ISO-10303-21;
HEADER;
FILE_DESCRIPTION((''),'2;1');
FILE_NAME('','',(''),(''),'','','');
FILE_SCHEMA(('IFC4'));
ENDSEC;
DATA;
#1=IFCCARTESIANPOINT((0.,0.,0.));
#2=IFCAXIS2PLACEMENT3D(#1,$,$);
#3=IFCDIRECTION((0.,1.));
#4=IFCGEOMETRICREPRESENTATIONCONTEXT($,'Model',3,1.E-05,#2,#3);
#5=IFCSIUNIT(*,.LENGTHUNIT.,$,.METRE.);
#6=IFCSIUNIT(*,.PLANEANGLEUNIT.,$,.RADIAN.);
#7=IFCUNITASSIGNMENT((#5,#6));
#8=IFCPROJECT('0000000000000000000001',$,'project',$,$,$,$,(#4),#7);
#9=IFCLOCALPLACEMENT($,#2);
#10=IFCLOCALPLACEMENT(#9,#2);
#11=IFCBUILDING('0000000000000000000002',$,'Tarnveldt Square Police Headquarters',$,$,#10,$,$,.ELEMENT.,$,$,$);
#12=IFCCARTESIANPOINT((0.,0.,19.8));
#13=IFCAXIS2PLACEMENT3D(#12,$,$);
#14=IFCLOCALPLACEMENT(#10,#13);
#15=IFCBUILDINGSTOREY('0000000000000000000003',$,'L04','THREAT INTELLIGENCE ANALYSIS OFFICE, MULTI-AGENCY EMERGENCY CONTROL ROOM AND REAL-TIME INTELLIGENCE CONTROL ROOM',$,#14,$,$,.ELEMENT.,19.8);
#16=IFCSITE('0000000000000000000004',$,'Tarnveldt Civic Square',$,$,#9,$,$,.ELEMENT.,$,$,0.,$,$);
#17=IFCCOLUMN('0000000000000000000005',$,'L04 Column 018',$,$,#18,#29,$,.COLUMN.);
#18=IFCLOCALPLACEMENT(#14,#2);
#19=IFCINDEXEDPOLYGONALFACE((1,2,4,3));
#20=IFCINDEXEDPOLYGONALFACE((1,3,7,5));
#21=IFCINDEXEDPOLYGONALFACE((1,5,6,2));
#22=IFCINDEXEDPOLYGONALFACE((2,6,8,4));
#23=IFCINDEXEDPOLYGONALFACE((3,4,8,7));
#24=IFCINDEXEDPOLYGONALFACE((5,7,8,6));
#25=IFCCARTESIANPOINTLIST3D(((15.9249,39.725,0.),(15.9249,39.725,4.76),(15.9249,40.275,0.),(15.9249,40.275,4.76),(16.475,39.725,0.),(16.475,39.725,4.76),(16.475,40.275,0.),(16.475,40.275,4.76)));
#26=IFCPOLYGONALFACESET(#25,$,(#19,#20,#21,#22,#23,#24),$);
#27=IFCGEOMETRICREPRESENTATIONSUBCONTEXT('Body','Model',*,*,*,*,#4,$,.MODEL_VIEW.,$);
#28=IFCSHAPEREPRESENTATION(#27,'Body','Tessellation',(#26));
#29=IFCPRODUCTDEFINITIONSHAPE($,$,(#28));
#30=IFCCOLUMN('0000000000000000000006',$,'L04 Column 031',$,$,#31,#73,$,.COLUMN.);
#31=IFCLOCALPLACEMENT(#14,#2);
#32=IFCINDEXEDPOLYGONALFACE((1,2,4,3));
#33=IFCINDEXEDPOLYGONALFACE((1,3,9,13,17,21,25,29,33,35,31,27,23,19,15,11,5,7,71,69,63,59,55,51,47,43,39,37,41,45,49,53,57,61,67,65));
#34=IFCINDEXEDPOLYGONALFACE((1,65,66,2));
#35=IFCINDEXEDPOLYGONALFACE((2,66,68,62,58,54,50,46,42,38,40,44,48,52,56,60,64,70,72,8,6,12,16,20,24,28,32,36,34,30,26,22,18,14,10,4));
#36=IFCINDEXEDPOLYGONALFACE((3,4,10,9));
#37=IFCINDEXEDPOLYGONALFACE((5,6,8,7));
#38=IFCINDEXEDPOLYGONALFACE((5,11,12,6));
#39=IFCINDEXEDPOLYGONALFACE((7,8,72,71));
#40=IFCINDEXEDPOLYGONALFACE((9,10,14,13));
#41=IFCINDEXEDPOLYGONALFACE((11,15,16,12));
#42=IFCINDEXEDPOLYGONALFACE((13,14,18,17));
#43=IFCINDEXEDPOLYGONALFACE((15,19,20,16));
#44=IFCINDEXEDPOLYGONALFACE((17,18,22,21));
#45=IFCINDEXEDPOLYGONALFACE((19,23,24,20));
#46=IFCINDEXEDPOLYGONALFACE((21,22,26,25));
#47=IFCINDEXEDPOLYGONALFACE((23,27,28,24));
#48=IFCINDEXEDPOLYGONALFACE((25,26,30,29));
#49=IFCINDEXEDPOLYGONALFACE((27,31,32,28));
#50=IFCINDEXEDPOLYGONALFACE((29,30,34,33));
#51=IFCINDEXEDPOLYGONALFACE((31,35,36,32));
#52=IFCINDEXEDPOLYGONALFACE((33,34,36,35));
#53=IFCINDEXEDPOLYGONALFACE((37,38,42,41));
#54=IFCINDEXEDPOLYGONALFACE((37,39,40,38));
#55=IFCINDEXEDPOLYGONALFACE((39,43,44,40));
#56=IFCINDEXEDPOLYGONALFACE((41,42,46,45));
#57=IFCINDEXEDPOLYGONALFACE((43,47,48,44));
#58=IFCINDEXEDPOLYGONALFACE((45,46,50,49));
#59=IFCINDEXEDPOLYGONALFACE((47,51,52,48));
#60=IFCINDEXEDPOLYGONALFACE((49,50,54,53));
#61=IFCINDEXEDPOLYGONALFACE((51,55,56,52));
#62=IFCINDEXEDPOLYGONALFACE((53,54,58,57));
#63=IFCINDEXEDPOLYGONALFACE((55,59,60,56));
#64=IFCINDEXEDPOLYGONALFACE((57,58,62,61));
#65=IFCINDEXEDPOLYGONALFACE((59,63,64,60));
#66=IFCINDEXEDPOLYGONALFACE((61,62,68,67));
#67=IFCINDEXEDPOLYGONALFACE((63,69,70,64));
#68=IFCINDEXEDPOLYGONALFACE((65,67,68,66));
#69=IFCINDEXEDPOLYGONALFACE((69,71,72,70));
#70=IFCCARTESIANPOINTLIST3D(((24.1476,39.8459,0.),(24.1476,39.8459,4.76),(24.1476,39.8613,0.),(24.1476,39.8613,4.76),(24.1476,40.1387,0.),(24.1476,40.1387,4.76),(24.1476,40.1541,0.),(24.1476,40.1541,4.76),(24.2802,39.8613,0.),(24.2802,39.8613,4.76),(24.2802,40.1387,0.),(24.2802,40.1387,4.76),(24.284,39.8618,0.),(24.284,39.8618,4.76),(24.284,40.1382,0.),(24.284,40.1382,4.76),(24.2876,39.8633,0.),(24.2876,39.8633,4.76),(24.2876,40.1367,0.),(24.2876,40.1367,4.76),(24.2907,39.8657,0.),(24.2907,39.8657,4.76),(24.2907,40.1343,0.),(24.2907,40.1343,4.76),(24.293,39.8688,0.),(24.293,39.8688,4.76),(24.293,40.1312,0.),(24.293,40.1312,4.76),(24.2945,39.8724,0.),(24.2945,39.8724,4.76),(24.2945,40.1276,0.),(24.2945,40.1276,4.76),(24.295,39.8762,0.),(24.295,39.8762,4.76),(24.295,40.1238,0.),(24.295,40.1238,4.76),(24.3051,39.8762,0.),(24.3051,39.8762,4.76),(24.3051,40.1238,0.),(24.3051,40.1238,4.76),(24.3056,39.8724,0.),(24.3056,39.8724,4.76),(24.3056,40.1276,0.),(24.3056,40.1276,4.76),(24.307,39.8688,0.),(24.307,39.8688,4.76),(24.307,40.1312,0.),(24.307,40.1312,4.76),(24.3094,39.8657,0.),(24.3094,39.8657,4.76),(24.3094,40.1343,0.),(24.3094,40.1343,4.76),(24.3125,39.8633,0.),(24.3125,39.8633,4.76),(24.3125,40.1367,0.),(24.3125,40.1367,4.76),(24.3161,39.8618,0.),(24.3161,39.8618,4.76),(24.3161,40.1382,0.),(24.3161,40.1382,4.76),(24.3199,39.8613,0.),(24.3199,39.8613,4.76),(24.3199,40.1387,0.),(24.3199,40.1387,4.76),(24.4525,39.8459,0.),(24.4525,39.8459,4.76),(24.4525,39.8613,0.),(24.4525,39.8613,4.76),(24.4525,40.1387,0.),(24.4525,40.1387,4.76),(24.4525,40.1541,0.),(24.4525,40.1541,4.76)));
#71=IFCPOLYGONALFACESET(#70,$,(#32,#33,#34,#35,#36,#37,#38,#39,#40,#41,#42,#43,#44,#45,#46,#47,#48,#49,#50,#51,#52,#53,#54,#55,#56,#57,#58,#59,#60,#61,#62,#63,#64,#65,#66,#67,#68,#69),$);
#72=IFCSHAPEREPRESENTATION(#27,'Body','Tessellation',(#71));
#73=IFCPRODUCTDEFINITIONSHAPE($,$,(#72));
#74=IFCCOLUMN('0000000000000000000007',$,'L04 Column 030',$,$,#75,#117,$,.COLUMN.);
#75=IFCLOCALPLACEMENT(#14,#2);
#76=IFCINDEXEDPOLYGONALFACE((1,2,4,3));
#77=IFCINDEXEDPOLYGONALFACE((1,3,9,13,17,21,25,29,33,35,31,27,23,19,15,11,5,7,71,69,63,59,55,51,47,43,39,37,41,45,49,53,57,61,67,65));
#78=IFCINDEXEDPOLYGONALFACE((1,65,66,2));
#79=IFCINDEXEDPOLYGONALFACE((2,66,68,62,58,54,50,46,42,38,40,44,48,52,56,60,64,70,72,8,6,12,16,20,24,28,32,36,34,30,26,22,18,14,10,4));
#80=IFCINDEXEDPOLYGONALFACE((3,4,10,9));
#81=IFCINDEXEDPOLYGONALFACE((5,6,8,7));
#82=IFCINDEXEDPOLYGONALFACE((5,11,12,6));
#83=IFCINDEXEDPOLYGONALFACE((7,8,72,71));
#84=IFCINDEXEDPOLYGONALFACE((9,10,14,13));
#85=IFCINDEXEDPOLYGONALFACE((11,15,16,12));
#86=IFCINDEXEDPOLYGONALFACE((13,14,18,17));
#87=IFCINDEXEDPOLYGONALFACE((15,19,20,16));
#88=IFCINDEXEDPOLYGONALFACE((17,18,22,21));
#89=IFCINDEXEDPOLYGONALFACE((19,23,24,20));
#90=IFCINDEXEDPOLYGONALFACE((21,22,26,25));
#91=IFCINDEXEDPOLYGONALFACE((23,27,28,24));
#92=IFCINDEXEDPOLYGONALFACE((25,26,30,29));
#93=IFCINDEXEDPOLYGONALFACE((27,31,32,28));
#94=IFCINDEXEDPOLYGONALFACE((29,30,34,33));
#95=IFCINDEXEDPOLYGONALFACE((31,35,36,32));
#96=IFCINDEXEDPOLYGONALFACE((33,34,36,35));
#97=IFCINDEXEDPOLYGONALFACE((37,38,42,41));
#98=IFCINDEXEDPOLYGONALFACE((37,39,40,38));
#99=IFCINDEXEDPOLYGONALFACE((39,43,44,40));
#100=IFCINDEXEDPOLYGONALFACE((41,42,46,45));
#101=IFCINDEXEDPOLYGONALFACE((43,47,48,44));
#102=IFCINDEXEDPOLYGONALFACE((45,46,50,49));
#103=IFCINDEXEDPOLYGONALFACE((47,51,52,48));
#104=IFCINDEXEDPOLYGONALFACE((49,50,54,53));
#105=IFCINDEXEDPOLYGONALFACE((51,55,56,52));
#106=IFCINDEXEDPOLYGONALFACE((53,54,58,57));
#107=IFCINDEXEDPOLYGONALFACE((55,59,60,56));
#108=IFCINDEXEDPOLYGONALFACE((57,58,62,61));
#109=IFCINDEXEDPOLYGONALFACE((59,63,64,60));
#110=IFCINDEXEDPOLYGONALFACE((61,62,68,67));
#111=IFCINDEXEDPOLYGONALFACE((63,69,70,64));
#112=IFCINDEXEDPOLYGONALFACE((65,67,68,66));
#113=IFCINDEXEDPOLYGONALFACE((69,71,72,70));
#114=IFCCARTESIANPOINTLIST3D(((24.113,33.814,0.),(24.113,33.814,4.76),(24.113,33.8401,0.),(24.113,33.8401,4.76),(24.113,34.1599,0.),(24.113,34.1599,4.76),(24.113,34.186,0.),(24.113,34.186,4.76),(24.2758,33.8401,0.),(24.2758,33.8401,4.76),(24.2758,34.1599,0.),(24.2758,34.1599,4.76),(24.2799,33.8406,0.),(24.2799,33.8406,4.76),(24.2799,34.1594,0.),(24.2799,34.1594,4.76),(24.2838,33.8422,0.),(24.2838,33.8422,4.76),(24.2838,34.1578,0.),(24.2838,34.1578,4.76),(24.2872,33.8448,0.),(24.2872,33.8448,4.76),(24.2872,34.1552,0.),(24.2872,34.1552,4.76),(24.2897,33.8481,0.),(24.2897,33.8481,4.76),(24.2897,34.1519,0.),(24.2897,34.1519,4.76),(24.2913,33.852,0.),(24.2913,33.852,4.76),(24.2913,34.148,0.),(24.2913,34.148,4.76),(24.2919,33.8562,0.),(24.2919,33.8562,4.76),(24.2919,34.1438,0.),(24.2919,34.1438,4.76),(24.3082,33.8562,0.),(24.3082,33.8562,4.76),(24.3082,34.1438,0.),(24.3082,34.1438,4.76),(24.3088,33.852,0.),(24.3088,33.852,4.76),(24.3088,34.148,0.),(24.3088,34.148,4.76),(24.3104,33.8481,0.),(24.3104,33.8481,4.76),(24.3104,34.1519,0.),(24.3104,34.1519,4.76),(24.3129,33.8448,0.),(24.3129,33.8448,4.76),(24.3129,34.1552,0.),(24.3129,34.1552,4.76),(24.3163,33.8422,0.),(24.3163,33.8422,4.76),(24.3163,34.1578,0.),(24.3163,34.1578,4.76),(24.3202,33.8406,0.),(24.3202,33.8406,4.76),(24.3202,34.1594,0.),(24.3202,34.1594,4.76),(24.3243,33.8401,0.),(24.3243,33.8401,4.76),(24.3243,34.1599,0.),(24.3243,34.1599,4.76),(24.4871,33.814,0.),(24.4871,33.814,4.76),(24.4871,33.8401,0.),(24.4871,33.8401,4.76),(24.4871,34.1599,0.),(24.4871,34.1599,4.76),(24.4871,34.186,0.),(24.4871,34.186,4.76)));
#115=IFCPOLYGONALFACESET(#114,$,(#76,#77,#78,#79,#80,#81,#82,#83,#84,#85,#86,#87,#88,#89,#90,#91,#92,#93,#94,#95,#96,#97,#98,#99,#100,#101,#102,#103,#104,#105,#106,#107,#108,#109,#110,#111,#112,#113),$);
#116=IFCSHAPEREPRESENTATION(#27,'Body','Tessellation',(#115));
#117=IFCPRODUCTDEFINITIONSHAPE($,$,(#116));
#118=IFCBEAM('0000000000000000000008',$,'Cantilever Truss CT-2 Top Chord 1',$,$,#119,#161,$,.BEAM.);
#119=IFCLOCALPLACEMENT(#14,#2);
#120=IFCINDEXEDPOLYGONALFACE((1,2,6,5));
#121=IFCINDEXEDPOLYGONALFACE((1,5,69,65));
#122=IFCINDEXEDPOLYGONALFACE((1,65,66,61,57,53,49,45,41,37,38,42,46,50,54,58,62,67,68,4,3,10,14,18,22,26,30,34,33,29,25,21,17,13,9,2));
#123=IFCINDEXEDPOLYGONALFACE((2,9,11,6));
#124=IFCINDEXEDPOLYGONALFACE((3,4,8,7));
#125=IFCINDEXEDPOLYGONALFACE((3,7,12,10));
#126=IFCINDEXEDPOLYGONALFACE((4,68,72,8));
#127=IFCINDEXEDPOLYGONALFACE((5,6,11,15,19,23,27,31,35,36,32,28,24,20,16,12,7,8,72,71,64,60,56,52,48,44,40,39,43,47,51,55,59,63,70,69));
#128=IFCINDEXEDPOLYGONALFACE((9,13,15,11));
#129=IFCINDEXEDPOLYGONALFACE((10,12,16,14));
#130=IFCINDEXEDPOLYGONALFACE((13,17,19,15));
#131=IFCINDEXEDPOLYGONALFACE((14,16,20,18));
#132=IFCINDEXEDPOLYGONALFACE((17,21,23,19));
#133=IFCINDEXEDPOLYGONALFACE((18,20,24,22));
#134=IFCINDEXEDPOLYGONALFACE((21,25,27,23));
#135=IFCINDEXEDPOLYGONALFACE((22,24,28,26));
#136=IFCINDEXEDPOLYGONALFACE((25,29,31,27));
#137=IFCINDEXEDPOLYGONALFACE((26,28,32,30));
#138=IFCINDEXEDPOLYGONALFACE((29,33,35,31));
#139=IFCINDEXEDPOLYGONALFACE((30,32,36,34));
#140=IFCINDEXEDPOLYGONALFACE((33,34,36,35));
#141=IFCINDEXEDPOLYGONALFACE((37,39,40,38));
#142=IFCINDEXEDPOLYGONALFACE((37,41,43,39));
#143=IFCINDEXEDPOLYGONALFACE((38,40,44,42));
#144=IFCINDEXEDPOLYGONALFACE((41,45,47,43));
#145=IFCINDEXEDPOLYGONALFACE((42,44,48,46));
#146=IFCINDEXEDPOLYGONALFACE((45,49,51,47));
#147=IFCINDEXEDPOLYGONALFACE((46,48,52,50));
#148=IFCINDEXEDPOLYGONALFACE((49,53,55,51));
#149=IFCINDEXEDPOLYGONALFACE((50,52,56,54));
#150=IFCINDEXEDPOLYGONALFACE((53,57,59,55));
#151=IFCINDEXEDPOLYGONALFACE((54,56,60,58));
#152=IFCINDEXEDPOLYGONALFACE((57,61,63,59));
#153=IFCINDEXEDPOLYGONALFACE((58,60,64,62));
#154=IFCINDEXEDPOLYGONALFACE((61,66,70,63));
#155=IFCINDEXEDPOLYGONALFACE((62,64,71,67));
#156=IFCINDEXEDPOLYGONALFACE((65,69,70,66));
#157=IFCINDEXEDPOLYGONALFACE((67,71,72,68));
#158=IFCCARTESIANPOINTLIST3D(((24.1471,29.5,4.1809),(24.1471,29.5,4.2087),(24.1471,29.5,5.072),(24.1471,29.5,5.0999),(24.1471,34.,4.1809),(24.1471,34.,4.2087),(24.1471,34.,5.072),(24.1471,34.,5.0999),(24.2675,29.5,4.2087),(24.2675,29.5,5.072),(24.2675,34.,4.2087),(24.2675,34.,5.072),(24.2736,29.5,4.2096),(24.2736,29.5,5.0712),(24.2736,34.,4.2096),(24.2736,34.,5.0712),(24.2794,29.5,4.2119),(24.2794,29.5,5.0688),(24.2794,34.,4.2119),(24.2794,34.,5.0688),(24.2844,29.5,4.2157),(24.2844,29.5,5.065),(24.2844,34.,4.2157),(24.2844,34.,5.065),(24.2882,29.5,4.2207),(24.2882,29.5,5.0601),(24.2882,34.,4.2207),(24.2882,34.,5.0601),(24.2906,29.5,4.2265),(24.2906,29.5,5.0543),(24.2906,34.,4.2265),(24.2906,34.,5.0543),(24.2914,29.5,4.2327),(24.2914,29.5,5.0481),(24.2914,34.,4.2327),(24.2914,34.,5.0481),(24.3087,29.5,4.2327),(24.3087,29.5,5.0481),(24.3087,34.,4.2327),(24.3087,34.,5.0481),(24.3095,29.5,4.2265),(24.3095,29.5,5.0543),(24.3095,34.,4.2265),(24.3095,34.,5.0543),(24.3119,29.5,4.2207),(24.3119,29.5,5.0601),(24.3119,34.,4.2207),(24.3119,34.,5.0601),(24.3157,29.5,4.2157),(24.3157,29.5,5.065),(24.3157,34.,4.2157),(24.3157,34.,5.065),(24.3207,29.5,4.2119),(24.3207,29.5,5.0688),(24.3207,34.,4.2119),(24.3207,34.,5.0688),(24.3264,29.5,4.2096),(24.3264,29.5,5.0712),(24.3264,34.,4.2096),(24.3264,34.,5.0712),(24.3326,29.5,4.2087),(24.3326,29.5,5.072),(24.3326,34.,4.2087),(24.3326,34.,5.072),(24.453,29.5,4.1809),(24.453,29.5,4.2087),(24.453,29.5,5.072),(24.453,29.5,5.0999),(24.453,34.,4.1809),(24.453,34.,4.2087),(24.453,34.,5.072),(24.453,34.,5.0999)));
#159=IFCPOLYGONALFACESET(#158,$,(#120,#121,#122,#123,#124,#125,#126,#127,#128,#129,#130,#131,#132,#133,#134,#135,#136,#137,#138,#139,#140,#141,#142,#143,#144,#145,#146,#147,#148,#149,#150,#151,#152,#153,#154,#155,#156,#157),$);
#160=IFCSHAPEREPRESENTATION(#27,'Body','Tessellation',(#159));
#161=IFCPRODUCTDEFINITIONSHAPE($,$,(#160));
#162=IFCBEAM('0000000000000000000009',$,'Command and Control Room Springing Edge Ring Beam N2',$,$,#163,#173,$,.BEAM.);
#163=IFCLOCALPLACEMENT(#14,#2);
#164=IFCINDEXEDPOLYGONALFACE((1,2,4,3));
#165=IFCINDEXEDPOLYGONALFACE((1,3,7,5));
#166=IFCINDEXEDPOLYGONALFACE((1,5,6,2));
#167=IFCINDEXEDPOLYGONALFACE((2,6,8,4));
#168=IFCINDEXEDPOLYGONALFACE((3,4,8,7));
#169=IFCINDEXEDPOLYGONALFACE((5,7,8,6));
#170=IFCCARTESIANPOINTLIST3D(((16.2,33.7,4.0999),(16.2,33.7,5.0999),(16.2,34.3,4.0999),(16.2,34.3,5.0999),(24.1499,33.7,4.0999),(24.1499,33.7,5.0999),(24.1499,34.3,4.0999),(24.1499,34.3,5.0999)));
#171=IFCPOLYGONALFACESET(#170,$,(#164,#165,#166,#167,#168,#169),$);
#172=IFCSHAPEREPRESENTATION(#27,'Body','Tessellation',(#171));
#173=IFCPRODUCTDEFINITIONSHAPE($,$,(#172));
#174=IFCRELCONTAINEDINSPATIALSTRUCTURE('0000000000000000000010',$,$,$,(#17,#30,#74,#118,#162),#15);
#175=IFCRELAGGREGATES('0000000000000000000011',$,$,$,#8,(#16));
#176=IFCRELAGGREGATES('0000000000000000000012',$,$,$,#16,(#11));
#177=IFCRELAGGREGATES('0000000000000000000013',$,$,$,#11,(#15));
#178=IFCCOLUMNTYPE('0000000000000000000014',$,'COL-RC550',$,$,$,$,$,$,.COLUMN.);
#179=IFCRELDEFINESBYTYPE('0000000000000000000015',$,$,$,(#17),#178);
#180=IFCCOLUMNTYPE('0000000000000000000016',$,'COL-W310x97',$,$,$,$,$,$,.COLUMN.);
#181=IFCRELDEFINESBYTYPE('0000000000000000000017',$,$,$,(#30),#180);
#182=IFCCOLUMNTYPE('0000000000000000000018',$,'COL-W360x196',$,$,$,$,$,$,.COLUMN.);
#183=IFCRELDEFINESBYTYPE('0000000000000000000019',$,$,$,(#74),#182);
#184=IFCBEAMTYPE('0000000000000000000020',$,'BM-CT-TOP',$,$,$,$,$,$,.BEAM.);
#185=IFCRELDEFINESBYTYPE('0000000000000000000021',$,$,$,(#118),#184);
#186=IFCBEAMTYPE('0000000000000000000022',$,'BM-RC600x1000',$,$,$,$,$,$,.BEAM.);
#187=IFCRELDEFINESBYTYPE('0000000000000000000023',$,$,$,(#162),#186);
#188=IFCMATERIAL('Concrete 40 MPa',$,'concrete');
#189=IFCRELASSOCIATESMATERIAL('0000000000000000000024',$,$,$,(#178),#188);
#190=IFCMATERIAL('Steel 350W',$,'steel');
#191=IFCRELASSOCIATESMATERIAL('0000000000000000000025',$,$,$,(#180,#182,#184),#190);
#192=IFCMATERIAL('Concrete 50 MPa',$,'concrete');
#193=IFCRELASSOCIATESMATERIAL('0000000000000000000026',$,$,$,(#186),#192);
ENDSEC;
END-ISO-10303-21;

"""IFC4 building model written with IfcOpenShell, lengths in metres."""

from ifc_helpers import new_model, si_unit, direction, frame, origin, origin_2d, place, context, subcontext, project, spatial, rectangle, i_section, extrude, material, material_profile, profile_set, type_object, element, save


model = new_model("IFC4")

# Units and contexts
model_context = context("Model", 3, precision=1e-05, world=origin(), true_north=direction((0.0, 1.0)))
body_context = subcontext(model_context, "Body", "Model", "MODEL_VIEW")
ifc_project = project(units=[si_unit("LENGTHUNIT", "METRE"), si_unit("PLANEANGLEUNIT", "RADIAN")], contexts=[model_context])

# Site, building, storey
site_placement = place(None, origin())
site = spatial("IfcSite", under=ifc_project, at=site_placement, Name="Tarnveldt Civic Square", CompositionType="ELEMENT", RefElevation=0.0)
building_placement = place(site_placement, origin())
building = spatial("IfcBuilding", under=site, at=building_placement, Name="Tarnveldt Square Police Headquarters", CompositionType="ELEMENT")
storey_placement = place(building_placement, frame((0.0, 0.0, 19.8)))
storey = spatial("IfcBuildingStorey", under=building, at=storey_placement, Name="L04", Description="THREAT INTELLIGENCE ANALYSIS OFFICE, MULTI-AGENCY EMERGENCY CONTROL ROOM AND REAL-TIME INTELLIGENCE CONTROL ROOM", CompositionType="ELEMENT", Elevation=19.8)

# Columns
ifc_material_1 = material(Name="Concrete 40 MPa", Category="concrete")
ifc_material_profile_1 = material_profile(ifc_material_1, rectangle(XDim=0.55, YDim=0.55, at=origin_2d()), Name="RC-C550x550")
ifc_profile_set_1 = profile_set([ifc_material_profile_1], Name="Concrete 40 MPa")
column_type_1 = type_object("IfcColumnType", Name="COL-RC550", PredefinedType="COLUMN", material=ifc_profile_set_1)
column_1_placement = place(storey_placement, frame((16.2, 40.0, 0.0), z_axis=(0.0, 0.0, 1.0), x_axis=(1.0, 0.0, 0.0)))
element("IfcColumn", 1, at=column_1_placement, inside=storey, type_object=column_type_1, Name="L04 Column 018", PredefinedType="COLUMN", context=body_context, shape_type="SweptSolid", body=[
    extrude(rectangle(XDim=0.55, YDim=0.55, at=origin_2d()), origin(), (0.0, 0.0, 1.0), 4.76),
])
ifc_material_2 = material(Name="Steel 350W", Category="steel")
ifc_material_profile_2 = material_profile(ifc_material_2, i_section(OverallWidth=0.3049, OverallDepth=0.3081, WebThickness=0.01, FlangeThickness=0.0154, FilletRadius=0.0149, at=origin_2d()), Name="W310x97")
ifc_profile_set_2 = profile_set([ifc_material_profile_2], Name="Steel 350W")
column_type_2 = type_object("IfcColumnType", Name="COL-W310x97", PredefinedType="COLUMN", material=ifc_profile_set_2)
column_2_placement = place(storey_placement, frame((24.3, 40.0, 0.0), z_axis=(0.0, 0.0, 1.0), x_axis=(1.0, 0.0, 0.0)))
element("IfcColumn", 2, at=column_2_placement, inside=storey, type_object=column_type_2, Name="L04 Column 031", PredefinedType="COLUMN", context=body_context, shape_type="SweptSolid", body=[
    extrude(i_section(OverallWidth=0.3049, OverallDepth=0.3081, WebThickness=0.01, FlangeThickness=0.0154, FilletRadius=0.0149, at=origin_2d()), origin(), (0.0, 0.0, 1.0), 4.76),
])
ifc_material_profile_3 = material_profile(ifc_material_2, i_section(OverallWidth=0.374, OverallDepth=0.3721, WebThickness=0.0164, FlangeThickness=0.0261, FilletRadius=0.0161, at=origin_2d()), Name="W360x196")
ifc_profile_set_3 = profile_set([ifc_material_profile_3], Name="Steel 350W")
column_type_3 = type_object("IfcColumnType", Name="COL-W360x196", PredefinedType="COLUMN", material=ifc_profile_set_3)
column_3_placement = place(storey_placement, frame((24.3, 34.0, 0.0), z_axis=(0.0, 0.0, 1.0), x_axis=(1.0, 0.0, 0.0)))
element("IfcColumn", 3, at=column_3_placement, inside=storey, type_object=column_type_3, Name="L04 Column 030", PredefinedType="COLUMN", context=body_context, shape_type="SweptSolid", body=[
    extrude(i_section(OverallWidth=0.374, OverallDepth=0.3721, WebThickness=0.0164, FlangeThickness=0.0261, FilletRadius=0.0161, at=origin_2d()), origin(), (0.0, 0.0, 1.0), 4.76),
])

# Beams
ifc_material_profile_4 = material_profile(ifc_material_2, i_section(OverallWidth=0.3059, OverallDepth=0.9189, WebThickness=0.0173, FlangeThickness=0.0278, FilletRadius=0.0239, at=origin_2d()), Name="W920x253")
ifc_profile_set_4 = profile_set([ifc_material_profile_4], Name="Steel 350W")
beam_type_1 = type_object("IfcBeamType", Name="BM-CT-TOP", PredefinedType="BEAM", material=ifc_profile_set_4)
beam_1_placement = place(storey_placement, frame((24.3, 34.0, 4.6404), z_axis=(0.0, -1.0, 0.0), x_axis=(1.0, 0.0, 0.0)))
element("IfcBeam", 4, at=beam_1_placement, inside=storey, type_object=beam_type_1, Name="Cantilever Truss CT-2 Top Chord 1", PredefinedType="BEAM", context=body_context, shape_type="SweptSolid", body=[
    extrude(i_section(OverallWidth=0.3059, OverallDepth=0.9189, WebThickness=0.0173, FlangeThickness=0.0278, FilletRadius=0.0239, at=origin_2d()), origin(), (0.0, 0.0, 1.0), 4.5),
])
ifc_material_3 = material(Name="Concrete 50 MPa", Category="concrete")
ifc_material_profile_5 = material_profile(ifc_material_3, rectangle(XDim=0.6001, YDim=1.0, at=origin_2d()), Name="RC-B600x1000")
ifc_profile_set_5 = profile_set([ifc_material_profile_5], Name="Concrete 50 MPa")
beam_type_2 = type_object("IfcBeamType", Name="BM-RC600x1000", PredefinedType="BEAM", material=ifc_profile_set_5)
beam_2_placement = place(storey_placement, frame((16.2, 34.0, 4.5999), z_axis=(1.0, 0.0, 0.0), x_axis=(0.0, 1.0, 0.0)))
element("IfcBeam", 5, at=beam_2_placement, inside=storey, type_object=beam_type_2, Name="Command and Control Room Springing Edge Ring Beam N2", PredefinedType="BEAM", context=body_context, shape_type="SweptSolid", body=[
    extrude(rectangle(XDim=0.6001, YDim=1.0, at=origin_2d()), origin(), (0.0, 0.0, 1.0), 7.95),
])

save(model, "model.ifc")
